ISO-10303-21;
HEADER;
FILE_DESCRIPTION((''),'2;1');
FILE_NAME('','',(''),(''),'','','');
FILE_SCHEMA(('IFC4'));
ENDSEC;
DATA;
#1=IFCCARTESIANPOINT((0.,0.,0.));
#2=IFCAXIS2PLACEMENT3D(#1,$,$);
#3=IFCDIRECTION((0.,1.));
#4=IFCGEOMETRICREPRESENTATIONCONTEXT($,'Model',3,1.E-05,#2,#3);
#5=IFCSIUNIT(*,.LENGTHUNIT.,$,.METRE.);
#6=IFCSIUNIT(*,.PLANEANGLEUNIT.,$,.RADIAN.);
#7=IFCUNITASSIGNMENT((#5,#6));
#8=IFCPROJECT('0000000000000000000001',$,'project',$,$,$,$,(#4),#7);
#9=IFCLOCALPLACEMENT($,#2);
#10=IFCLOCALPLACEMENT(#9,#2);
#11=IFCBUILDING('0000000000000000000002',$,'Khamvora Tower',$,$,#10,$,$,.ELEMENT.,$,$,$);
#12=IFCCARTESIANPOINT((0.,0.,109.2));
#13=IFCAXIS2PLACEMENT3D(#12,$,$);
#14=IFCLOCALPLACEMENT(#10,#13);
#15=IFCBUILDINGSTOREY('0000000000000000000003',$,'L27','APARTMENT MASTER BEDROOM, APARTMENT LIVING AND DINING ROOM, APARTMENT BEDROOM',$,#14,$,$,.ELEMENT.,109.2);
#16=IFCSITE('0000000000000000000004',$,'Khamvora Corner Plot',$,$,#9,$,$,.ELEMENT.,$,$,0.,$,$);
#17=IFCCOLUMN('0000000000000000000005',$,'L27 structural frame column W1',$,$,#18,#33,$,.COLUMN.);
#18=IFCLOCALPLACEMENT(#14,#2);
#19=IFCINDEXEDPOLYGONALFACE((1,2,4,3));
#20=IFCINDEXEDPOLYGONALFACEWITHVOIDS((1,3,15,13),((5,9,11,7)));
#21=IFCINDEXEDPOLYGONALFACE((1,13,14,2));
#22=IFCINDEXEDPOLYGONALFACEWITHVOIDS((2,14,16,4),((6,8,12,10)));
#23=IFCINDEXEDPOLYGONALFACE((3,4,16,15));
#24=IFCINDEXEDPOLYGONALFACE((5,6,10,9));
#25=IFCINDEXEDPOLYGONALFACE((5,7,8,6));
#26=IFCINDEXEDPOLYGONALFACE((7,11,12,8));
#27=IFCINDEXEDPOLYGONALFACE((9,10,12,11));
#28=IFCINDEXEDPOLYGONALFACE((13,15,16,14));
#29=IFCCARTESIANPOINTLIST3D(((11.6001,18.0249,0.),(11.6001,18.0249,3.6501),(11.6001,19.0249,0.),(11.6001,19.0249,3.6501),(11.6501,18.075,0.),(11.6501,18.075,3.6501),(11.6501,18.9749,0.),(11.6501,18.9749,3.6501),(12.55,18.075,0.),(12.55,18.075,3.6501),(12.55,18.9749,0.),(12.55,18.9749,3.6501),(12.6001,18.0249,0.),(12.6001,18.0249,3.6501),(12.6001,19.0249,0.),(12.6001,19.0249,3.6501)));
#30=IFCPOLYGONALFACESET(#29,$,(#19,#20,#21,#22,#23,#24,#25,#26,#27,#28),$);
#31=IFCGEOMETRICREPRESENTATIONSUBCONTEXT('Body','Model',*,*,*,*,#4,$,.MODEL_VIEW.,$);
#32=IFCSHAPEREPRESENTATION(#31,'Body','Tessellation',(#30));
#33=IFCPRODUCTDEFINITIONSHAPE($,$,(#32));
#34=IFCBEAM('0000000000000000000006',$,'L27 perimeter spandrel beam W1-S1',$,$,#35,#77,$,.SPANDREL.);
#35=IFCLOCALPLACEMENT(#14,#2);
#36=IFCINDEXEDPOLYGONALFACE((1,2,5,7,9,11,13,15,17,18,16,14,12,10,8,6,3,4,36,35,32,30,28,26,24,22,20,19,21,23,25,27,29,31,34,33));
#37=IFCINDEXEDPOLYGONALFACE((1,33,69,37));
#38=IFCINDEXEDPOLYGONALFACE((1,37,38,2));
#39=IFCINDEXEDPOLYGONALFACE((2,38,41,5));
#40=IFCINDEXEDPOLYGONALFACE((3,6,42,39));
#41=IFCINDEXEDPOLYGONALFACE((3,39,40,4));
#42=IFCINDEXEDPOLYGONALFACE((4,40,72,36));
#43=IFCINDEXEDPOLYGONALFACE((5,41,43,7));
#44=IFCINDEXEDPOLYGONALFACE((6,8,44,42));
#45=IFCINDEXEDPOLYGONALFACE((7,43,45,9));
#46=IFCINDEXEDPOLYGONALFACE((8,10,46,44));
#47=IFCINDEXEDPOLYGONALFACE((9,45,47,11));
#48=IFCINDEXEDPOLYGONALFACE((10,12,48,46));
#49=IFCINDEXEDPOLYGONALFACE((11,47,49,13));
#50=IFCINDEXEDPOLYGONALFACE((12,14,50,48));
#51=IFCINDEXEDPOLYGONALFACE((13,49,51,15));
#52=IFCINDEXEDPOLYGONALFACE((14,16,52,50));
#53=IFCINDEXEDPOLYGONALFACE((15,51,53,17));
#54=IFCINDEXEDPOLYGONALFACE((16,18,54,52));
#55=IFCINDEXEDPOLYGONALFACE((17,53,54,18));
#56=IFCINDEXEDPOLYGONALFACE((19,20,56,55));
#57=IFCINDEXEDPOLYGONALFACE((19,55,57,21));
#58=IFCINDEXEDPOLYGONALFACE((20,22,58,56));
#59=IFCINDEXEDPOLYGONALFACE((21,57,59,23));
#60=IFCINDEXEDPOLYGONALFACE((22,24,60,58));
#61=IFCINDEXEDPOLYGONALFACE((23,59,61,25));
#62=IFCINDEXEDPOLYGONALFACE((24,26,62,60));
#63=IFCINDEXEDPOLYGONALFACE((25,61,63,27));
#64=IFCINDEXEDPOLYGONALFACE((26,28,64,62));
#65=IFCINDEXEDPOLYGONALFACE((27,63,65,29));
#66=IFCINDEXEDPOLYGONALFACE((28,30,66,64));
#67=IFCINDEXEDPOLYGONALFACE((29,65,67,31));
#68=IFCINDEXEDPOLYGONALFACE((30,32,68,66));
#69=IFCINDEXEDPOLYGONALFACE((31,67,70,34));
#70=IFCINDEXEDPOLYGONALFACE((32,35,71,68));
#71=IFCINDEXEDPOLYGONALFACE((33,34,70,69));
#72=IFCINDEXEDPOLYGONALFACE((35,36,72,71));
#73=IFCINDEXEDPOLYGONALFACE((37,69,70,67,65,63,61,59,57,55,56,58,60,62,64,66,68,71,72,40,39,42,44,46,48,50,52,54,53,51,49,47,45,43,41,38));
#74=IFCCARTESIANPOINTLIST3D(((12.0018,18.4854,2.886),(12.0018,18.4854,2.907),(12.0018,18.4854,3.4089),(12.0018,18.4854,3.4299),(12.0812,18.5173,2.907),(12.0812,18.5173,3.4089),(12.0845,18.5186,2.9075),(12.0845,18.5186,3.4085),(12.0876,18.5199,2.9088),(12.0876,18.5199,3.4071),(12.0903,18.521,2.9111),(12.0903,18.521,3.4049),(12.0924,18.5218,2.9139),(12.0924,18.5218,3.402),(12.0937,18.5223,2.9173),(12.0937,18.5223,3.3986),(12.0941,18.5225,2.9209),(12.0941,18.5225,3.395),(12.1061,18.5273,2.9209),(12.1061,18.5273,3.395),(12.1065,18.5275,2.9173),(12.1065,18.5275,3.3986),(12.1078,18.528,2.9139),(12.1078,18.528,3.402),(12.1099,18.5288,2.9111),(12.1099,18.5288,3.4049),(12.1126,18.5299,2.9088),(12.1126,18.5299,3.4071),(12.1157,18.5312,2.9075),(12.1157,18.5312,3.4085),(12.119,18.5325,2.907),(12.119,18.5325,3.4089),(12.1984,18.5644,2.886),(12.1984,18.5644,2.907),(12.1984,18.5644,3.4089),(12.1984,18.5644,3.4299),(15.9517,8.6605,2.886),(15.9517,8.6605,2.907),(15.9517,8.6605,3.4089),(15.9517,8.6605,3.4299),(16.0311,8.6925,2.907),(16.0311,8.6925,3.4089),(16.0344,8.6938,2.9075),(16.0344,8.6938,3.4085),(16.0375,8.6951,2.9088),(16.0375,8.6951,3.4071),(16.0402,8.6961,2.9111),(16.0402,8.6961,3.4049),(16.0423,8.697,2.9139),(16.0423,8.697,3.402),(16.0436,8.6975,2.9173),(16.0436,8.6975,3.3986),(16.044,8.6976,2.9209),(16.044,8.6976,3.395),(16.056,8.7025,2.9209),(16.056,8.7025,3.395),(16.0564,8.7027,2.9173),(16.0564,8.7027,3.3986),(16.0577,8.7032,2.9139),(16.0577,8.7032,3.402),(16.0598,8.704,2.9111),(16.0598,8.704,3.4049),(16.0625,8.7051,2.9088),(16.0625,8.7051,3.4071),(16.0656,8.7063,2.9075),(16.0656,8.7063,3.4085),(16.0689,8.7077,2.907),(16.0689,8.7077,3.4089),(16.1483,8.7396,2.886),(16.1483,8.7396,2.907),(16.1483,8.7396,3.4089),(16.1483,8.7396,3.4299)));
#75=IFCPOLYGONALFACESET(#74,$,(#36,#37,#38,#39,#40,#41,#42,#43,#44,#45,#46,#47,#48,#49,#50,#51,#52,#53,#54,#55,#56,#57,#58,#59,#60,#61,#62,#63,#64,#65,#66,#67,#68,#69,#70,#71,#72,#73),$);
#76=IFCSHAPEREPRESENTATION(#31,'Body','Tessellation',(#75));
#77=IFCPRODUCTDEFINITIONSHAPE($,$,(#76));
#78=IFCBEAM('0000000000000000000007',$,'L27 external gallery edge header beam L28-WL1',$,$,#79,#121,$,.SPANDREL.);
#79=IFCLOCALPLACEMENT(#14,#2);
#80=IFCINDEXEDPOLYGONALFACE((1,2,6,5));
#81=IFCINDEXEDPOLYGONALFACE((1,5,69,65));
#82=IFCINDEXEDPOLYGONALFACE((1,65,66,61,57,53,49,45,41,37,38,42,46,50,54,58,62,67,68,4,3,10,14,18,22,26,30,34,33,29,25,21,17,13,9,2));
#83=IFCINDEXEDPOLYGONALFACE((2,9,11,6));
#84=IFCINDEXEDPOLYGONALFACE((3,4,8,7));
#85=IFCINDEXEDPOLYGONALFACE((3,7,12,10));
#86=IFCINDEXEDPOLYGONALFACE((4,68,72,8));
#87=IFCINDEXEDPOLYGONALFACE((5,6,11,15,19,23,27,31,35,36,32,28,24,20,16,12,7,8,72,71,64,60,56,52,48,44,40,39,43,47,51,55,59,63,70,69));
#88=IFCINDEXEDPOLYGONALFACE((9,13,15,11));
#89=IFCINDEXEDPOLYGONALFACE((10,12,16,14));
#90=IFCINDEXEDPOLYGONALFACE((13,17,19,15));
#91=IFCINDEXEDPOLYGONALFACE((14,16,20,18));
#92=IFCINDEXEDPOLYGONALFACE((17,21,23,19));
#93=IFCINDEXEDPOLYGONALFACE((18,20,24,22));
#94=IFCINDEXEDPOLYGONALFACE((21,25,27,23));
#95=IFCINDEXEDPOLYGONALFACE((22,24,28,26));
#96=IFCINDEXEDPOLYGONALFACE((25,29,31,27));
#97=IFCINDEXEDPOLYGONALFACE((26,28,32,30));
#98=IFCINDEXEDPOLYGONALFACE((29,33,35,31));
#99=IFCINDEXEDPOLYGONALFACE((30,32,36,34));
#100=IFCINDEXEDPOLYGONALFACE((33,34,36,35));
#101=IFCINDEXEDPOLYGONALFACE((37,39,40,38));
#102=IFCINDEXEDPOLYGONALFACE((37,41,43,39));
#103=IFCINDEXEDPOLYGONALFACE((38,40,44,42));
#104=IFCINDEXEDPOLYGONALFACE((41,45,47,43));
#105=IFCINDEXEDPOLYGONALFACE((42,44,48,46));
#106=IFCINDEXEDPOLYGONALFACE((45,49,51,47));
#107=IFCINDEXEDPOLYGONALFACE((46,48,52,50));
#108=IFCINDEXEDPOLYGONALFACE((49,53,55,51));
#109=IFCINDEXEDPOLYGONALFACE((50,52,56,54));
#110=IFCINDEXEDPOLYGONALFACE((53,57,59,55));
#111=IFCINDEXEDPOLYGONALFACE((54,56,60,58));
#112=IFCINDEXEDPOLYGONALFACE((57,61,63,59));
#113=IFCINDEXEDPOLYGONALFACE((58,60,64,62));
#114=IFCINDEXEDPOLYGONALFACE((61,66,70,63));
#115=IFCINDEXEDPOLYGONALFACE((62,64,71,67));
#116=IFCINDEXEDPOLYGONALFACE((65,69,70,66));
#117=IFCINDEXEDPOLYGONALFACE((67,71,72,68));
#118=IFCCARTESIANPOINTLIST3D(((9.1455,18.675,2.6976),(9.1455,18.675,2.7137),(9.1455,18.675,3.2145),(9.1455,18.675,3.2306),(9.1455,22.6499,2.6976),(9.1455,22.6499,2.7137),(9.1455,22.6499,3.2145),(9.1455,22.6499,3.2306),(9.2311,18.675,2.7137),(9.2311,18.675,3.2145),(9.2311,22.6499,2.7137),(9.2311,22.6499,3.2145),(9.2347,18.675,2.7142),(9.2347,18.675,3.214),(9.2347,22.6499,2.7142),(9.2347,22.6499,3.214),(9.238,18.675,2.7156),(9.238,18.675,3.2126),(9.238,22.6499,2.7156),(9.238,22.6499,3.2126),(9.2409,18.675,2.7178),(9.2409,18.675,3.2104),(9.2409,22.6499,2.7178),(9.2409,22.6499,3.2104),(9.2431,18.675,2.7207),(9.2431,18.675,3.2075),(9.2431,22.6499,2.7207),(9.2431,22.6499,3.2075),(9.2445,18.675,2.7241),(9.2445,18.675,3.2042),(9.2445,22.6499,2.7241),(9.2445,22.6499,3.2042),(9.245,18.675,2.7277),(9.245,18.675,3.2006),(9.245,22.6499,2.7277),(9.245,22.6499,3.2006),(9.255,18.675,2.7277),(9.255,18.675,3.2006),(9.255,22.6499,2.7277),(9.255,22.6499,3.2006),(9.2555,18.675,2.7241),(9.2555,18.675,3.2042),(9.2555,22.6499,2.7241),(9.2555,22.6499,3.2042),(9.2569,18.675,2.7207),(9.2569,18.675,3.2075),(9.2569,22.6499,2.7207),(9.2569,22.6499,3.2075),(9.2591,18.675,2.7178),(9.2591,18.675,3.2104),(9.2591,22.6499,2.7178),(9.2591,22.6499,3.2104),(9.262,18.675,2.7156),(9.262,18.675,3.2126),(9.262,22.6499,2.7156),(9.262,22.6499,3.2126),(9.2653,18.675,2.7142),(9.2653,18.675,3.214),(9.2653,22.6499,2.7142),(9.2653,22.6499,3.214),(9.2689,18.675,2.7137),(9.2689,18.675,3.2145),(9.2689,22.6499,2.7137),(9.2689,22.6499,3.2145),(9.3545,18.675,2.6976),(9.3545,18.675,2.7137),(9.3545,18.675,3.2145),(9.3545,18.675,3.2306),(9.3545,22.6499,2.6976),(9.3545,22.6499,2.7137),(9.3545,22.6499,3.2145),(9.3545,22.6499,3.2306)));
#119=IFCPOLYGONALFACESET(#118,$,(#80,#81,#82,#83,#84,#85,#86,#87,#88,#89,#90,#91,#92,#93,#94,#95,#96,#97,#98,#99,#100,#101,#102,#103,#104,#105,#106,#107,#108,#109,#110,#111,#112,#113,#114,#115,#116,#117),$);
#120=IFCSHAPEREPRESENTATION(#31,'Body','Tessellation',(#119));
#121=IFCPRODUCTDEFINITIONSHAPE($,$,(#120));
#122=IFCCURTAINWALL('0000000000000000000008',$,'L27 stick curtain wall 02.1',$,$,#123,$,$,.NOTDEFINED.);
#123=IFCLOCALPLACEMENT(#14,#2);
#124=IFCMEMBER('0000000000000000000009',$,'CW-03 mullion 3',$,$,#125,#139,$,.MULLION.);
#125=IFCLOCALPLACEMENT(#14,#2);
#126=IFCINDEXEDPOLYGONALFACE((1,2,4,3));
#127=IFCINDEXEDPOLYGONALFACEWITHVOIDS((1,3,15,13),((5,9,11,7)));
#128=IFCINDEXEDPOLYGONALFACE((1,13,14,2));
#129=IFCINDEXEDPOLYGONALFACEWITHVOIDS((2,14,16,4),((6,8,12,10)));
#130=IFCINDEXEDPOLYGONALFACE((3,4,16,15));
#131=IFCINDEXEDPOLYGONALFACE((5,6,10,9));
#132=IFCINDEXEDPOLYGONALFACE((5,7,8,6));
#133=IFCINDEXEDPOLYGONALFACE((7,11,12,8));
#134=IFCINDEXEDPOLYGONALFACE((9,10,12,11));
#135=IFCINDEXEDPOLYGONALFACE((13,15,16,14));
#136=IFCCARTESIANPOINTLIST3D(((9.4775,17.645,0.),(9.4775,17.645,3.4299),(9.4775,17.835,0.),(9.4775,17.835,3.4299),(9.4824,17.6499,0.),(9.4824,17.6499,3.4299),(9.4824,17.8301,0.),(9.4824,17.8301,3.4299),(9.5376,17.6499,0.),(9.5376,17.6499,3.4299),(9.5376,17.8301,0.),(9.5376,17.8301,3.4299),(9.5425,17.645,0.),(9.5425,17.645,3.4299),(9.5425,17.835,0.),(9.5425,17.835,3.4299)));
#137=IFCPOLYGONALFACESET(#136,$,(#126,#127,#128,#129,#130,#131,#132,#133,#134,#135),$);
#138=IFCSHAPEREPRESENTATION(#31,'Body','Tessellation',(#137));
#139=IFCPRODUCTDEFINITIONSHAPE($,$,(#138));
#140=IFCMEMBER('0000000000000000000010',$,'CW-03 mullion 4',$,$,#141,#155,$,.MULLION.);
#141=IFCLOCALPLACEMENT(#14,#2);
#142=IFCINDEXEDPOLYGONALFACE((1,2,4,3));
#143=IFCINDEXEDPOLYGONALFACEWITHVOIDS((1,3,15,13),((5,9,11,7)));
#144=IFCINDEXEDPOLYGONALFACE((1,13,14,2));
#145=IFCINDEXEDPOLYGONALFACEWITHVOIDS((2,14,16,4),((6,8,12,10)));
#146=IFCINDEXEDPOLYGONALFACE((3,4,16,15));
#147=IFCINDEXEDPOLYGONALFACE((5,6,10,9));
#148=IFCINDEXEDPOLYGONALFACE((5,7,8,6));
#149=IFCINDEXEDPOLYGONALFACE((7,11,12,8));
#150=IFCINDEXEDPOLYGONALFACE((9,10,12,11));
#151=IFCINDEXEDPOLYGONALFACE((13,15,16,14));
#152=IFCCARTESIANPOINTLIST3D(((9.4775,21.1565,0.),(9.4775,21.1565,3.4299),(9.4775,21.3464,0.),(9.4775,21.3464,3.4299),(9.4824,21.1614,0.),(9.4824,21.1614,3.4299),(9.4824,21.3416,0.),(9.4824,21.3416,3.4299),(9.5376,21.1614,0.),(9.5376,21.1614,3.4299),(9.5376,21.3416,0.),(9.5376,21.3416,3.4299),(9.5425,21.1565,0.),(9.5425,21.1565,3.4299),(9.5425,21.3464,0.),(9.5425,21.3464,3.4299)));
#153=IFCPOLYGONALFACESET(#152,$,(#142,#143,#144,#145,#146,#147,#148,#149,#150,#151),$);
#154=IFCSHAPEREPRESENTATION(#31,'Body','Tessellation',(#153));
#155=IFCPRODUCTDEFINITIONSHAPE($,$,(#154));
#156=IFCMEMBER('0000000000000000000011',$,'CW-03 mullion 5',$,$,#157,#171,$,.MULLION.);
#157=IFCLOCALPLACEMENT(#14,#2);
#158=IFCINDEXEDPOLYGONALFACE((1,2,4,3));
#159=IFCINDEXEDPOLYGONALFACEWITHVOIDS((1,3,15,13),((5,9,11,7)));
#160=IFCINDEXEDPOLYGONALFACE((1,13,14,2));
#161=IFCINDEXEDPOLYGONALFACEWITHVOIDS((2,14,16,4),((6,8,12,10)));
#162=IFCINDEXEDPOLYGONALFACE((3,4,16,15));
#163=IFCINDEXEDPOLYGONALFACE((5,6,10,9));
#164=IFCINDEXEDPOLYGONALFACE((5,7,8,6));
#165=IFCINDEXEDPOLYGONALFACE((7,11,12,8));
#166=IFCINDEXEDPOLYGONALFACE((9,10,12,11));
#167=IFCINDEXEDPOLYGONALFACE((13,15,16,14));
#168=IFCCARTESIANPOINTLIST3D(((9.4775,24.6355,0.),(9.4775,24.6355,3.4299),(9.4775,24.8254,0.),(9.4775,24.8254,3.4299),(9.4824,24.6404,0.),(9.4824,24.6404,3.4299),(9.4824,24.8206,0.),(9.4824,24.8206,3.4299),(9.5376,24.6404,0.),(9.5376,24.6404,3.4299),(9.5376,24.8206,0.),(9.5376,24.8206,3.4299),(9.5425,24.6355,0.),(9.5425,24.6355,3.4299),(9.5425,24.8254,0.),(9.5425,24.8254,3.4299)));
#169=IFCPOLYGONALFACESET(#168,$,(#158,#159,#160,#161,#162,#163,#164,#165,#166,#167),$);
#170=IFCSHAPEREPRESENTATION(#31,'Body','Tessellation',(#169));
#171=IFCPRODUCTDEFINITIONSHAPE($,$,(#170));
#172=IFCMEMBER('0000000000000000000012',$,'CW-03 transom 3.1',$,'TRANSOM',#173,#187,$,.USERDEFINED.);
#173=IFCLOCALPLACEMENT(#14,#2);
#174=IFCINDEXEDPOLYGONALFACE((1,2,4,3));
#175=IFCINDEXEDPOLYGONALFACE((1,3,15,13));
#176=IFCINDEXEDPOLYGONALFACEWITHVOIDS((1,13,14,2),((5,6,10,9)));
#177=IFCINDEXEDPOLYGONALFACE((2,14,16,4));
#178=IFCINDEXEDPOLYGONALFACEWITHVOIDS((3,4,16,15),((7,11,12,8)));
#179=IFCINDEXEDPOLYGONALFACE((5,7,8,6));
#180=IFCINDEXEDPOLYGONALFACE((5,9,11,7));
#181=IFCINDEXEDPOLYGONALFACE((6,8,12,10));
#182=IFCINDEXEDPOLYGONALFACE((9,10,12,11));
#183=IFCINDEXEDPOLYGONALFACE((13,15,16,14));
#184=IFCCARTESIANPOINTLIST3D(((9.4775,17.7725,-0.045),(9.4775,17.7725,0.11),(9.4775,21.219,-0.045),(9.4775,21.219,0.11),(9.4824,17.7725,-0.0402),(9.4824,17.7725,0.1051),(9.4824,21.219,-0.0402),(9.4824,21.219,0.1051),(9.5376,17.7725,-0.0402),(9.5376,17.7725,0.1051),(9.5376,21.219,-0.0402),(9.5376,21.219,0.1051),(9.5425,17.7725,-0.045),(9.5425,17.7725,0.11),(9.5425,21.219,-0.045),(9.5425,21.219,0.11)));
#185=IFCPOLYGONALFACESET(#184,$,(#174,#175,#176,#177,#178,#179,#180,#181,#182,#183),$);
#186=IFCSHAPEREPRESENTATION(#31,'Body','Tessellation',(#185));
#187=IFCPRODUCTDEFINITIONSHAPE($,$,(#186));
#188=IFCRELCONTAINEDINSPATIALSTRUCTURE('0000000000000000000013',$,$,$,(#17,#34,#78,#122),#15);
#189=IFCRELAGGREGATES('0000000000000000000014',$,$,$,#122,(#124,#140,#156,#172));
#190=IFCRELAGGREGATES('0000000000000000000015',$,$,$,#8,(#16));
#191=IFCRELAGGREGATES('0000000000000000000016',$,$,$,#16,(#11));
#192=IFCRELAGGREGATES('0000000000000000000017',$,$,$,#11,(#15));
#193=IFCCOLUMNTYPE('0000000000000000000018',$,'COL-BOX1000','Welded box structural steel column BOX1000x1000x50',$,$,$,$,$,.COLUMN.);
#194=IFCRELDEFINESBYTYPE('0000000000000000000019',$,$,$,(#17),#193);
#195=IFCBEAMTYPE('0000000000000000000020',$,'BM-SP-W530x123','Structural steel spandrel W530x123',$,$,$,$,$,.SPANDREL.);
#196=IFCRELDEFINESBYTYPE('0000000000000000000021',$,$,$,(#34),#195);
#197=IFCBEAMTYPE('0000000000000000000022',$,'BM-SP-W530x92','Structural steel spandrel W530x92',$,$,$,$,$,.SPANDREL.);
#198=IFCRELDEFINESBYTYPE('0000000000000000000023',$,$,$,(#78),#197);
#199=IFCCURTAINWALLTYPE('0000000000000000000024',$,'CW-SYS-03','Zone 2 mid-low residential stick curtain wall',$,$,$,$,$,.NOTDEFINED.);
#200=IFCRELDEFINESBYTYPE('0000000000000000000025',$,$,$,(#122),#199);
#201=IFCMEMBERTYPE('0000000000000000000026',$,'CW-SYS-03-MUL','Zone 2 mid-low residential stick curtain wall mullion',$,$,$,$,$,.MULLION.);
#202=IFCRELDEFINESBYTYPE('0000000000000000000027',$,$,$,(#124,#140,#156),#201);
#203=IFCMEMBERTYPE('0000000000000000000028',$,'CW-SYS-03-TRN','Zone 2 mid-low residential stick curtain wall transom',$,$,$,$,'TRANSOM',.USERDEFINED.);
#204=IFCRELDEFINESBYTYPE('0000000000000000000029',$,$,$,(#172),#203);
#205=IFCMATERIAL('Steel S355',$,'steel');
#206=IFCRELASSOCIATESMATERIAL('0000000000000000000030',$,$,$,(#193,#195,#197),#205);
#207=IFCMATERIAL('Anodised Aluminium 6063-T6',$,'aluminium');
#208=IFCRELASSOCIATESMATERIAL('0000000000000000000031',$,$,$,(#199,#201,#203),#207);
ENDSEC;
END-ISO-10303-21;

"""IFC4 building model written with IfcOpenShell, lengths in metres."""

from ifc_helpers import new_model, si_unit, direction, frame, origin, origin_2d, place, context, subcontext, project, spatial, hollow_rectangle, i_section, extrude, material, material_profile, profile_set, type_object, element, aggregate, save


model = new_model("IFC4")

# Units and contexts
model_context = context("Model", 3, precision=1e-05, world=origin(), true_north=direction((0.0, 1.0)))
body_context = subcontext(model_context, "Body", "Model", "MODEL_VIEW")
ifc_project = project(units=[si_unit("LENGTHUNIT", "METRE"), si_unit("PLANEANGLEUNIT", "RADIAN")], contexts=[model_context])

# Site, building, storey
site_placement = place(None, origin())
site = spatial("IfcSite", under=ifc_project, at=site_placement, Name="Khamvora Corner Plot", CompositionType="ELEMENT", RefElevation=0.0)
building_placement = place(site_placement, origin())
building = spatial("IfcBuilding", under=site, at=building_placement, Name="Khamvora Tower", CompositionType="ELEMENT")
storey_placement = place(building_placement, frame((0.0, 0.0, 109.2)))
storey = spatial("IfcBuildingStorey", under=building, at=storey_placement, Name="L27", Description="APARTMENT MASTER BEDROOM, APARTMENT LIVING AND DINING ROOM, APARTMENT BEDROOM", CompositionType="ELEMENT", Elevation=109.2)

# Column
ifc_material_1 = material(Name="Steel S355", Category="steel")
ifc_material_profile_1 = material_profile(ifc_material_1, hollow_rectangle(XDim=1.0, YDim=1.0, WallThickness=0.05, at=origin_2d()), Name="BOX1000x1000x50")
ifc_profile_set_1 = profile_set([ifc_material_profile_1], Name="Steel S355")
column_type = type_object("IfcColumnType", Name="COL-BOX1000", Description="Welded box structural steel column BOX1000x1000x50", PredefinedType="COLUMN", material=ifc_profile_set_1)
column_placement = place(storey_placement, frame((12.1001, 18.5249, 0.0), z_axis=(0.0, 0.0, 1.0), x_axis=(1.0, 0.0, 0.0)))
element("IfcColumn", 1, at=column_placement, inside=storey, type_object=column_type, Name="L27 structural frame column W1", PredefinedType="COLUMN", context=body_context, shape_type="SweptSolid", body=[
    extrude(hollow_rectangle(XDim=1.0, YDim=1.0, WallThickness=0.05, at=origin_2d()), origin(), (0.0, 0.0, 1.0), 3.6501),
])

# Beams
ifc_material_profile_2 = material_profile(ifc_material_1, i_section(OverallWidth=0.2119, OverallDepth=0.5439, WebThickness=0.0129, FlangeThickness=0.021, FilletRadius=0.0139, at=origin_2d()), Name="W530x123")
ifc_profile_set_2 = profile_set([ifc_material_profile_2], Name="Steel S355")
beam_type_1 = type_object("IfcBeamType", Name="BM-SP-W530x123", Description="Structural steel spandrel W530x123", PredefinedType="SPANDREL", material=ifc_profile_set_2)
beam_1_placement = place(storey_placement, frame((12.1001, 18.5249, 3.158), z_axis=(0.373016, -0.927825, 0.0), x_axis=(0.927825, 0.373016, 0.0)))
element("IfcBeam", 2, at=beam_1_placement, inside=storey, type_object=beam_type_1, Name="L27 perimeter spandrel beam W1-S1", PredefinedType="SPANDREL", context=body_context, shape_type="SweptSolid", body=[
    extrude(i_section(OverallWidth=0.2119, OverallDepth=0.5439, WebThickness=0.0129, FlangeThickness=0.021, FilletRadius=0.0139, at=origin_2d()), origin(), (0.0, 0.0, 1.0), 10.5891),
])
ifc_material_profile_3 = material_profile(ifc_material_1, i_section(OverallWidth=0.209, OverallDepth=0.533, WebThickness=0.01, FlangeThickness=0.0161, FilletRadius=0.0139, at=origin_2d()), Name="W530x92")
ifc_profile_set_3 = profile_set([ifc_material_profile_3], Name="Steel S355")
beam_type_2 = type_object("IfcBeamType", Name="BM-SP-W530x92", Description="Structural steel spandrel W530x92", PredefinedType="SPANDREL", material=ifc_profile_set_3)
beam_2_placement = place(storey_placement, frame((9.25, 18.675, 2.9641), z_axis=(0.0, 1.0, 0.0), x_axis=(-1.0, 0.0, 0.0)))
element("IfcBeam", 3, at=beam_2_placement, inside=storey, type_object=beam_type_2, Name="L27 external gallery edge header beam L28-WL1", PredefinedType="SPANDREL", context=body_context, shape_type="SweptSolid", body=[
    extrude(i_section(OverallWidth=0.209, OverallDepth=0.533, WebThickness=0.01, FlangeThickness=0.0161, FilletRadius=0.0139, at=origin_2d()), origin(), (0.0, 0.0, 1.0), 3.9749),
])

# Curtain wall, members
ifc_material_2 = material(Name="Anodised Aluminium 6063-T6", Category="aluminium")
curtain_wall_type = type_object("IfcCurtainWallType", Name="CW-SYS-03", Description="Zone 2 mid-low residential stick curtain wall", PredefinedType="NOTDEFINED", material=ifc_material_2)
curtain_wall_placement = place(storey_placement, origin())
curtain_wall = element("IfcCurtainWall", 4, at=curtain_wall_placement, inside=storey, type_object=curtain_wall_type, Name="L27 stick curtain wall 02.1", PredefinedType="NOTDEFINED")
ifc_material_profile_4 = material_profile(ifc_material_2, hollow_rectangle(XDim=0.0649, YDim=0.1899, WallThickness=0.0049, at=origin_2d()), Name="MUL65x190x5")
ifc_profile_set_4 = profile_set([ifc_material_profile_4], Name="Anodised Aluminium 6063-T6")
member_type_1 = type_object("IfcMemberType", Name="CW-SYS-03-MUL", Description="Zone 2 mid-low residential stick curtain wall mullion", PredefinedType="MULLION", material=ifc_profile_set_4)
member_1_placement = place(storey_placement, frame((9.51, 17.74, 0.0), z_axis=(0.0, 0.0, 1.0), x_axis=(-1.0, 0.0, 0.0)))
member_1 = element("IfcMember", 5, at=member_1_placement, type_object=member_type_1, Name="CW-03 mullion 3", PredefinedType="MULLION", context=body_context, shape_type="SweptSolid", body=[
    extrude(hollow_rectangle(XDim=0.0649, YDim=0.1899, WallThickness=0.0049, at=origin_2d()), origin(), (0.0, 0.0, 1.0), 3.4299),
])
member_2_placement = place(storey_placement, frame((9.51, 21.2515, 0.0), z_axis=(0.0, 0.0, 1.0), x_axis=(-1.0, 0.0, 0.0)))
member_2 = element("IfcMember", 6, at=member_2_placement, type_object=member_type_1, Name="CW-03 mullion 4", PredefinedType="MULLION", context=body_context, shape_type="SweptSolid", body=[
    extrude(hollow_rectangle(XDim=0.0649, YDim=0.1899, WallThickness=0.0049, at=origin_2d()), origin(), (0.0, 0.0, 1.0), 3.4299),
])
member_3_placement = place(storey_placement, frame((9.51, 24.7305, 0.0), z_axis=(0.0, 0.0, 1.0), x_axis=(-1.0, 0.0, 0.0)))
member_3 = element("IfcMember", 7, at=member_3_placement, type_object=member_type_1, Name="CW-03 mullion 5", PredefinedType="MULLION", context=body_context, shape_type="SweptSolid", body=[
    extrude(hollow_rectangle(XDim=0.0649, YDim=0.1899, WallThickness=0.0049, at=origin_2d()), origin(), (0.0, 0.0, 1.0), 3.4299),
])
ifc_material_profile_5 = material_profile(ifc_material_2, hollow_rectangle(XDim=0.0649, YDim=0.155, WallThickness=0.0049, at=origin_2d()), Name="TRN65x155x5")
ifc_profile_set_5 = profile_set([ifc_material_profile_5], Name="Anodised Aluminium 6063-T6")
member_type_2 = type_object("IfcMemberType", Name="CW-SYS-03-TRN", Description="Zone 2 mid-low residential stick curtain wall transom", ElementType="TRANSOM", PredefinedType="USERDEFINED", material=ifc_profile_set_5)
member_4_placement = place(storey_placement, frame((9.51, 17.7725, 0.0325), z_axis=(0.0, 1.0, 0.0), x_axis=(-1.0, 0.0, 0.0)))
member_4 = element("IfcMember", 8, at=member_4_placement, type_object=member_type_2, Name="CW-03 transom 3.1", ObjectType="TRANSOM", PredefinedType="USERDEFINED", context=body_context, shape_type="SweptSolid", body=[
    extrude(hollow_rectangle(XDim=0.0649, YDim=0.155, WallThickness=0.0049, at=origin_2d()), origin(), (0.0, 0.0, 1.0), 3.4465),
])
aggregate(curtain_wall, [member_1, member_2, member_3, member_4])

save(model, "model.ifc")
